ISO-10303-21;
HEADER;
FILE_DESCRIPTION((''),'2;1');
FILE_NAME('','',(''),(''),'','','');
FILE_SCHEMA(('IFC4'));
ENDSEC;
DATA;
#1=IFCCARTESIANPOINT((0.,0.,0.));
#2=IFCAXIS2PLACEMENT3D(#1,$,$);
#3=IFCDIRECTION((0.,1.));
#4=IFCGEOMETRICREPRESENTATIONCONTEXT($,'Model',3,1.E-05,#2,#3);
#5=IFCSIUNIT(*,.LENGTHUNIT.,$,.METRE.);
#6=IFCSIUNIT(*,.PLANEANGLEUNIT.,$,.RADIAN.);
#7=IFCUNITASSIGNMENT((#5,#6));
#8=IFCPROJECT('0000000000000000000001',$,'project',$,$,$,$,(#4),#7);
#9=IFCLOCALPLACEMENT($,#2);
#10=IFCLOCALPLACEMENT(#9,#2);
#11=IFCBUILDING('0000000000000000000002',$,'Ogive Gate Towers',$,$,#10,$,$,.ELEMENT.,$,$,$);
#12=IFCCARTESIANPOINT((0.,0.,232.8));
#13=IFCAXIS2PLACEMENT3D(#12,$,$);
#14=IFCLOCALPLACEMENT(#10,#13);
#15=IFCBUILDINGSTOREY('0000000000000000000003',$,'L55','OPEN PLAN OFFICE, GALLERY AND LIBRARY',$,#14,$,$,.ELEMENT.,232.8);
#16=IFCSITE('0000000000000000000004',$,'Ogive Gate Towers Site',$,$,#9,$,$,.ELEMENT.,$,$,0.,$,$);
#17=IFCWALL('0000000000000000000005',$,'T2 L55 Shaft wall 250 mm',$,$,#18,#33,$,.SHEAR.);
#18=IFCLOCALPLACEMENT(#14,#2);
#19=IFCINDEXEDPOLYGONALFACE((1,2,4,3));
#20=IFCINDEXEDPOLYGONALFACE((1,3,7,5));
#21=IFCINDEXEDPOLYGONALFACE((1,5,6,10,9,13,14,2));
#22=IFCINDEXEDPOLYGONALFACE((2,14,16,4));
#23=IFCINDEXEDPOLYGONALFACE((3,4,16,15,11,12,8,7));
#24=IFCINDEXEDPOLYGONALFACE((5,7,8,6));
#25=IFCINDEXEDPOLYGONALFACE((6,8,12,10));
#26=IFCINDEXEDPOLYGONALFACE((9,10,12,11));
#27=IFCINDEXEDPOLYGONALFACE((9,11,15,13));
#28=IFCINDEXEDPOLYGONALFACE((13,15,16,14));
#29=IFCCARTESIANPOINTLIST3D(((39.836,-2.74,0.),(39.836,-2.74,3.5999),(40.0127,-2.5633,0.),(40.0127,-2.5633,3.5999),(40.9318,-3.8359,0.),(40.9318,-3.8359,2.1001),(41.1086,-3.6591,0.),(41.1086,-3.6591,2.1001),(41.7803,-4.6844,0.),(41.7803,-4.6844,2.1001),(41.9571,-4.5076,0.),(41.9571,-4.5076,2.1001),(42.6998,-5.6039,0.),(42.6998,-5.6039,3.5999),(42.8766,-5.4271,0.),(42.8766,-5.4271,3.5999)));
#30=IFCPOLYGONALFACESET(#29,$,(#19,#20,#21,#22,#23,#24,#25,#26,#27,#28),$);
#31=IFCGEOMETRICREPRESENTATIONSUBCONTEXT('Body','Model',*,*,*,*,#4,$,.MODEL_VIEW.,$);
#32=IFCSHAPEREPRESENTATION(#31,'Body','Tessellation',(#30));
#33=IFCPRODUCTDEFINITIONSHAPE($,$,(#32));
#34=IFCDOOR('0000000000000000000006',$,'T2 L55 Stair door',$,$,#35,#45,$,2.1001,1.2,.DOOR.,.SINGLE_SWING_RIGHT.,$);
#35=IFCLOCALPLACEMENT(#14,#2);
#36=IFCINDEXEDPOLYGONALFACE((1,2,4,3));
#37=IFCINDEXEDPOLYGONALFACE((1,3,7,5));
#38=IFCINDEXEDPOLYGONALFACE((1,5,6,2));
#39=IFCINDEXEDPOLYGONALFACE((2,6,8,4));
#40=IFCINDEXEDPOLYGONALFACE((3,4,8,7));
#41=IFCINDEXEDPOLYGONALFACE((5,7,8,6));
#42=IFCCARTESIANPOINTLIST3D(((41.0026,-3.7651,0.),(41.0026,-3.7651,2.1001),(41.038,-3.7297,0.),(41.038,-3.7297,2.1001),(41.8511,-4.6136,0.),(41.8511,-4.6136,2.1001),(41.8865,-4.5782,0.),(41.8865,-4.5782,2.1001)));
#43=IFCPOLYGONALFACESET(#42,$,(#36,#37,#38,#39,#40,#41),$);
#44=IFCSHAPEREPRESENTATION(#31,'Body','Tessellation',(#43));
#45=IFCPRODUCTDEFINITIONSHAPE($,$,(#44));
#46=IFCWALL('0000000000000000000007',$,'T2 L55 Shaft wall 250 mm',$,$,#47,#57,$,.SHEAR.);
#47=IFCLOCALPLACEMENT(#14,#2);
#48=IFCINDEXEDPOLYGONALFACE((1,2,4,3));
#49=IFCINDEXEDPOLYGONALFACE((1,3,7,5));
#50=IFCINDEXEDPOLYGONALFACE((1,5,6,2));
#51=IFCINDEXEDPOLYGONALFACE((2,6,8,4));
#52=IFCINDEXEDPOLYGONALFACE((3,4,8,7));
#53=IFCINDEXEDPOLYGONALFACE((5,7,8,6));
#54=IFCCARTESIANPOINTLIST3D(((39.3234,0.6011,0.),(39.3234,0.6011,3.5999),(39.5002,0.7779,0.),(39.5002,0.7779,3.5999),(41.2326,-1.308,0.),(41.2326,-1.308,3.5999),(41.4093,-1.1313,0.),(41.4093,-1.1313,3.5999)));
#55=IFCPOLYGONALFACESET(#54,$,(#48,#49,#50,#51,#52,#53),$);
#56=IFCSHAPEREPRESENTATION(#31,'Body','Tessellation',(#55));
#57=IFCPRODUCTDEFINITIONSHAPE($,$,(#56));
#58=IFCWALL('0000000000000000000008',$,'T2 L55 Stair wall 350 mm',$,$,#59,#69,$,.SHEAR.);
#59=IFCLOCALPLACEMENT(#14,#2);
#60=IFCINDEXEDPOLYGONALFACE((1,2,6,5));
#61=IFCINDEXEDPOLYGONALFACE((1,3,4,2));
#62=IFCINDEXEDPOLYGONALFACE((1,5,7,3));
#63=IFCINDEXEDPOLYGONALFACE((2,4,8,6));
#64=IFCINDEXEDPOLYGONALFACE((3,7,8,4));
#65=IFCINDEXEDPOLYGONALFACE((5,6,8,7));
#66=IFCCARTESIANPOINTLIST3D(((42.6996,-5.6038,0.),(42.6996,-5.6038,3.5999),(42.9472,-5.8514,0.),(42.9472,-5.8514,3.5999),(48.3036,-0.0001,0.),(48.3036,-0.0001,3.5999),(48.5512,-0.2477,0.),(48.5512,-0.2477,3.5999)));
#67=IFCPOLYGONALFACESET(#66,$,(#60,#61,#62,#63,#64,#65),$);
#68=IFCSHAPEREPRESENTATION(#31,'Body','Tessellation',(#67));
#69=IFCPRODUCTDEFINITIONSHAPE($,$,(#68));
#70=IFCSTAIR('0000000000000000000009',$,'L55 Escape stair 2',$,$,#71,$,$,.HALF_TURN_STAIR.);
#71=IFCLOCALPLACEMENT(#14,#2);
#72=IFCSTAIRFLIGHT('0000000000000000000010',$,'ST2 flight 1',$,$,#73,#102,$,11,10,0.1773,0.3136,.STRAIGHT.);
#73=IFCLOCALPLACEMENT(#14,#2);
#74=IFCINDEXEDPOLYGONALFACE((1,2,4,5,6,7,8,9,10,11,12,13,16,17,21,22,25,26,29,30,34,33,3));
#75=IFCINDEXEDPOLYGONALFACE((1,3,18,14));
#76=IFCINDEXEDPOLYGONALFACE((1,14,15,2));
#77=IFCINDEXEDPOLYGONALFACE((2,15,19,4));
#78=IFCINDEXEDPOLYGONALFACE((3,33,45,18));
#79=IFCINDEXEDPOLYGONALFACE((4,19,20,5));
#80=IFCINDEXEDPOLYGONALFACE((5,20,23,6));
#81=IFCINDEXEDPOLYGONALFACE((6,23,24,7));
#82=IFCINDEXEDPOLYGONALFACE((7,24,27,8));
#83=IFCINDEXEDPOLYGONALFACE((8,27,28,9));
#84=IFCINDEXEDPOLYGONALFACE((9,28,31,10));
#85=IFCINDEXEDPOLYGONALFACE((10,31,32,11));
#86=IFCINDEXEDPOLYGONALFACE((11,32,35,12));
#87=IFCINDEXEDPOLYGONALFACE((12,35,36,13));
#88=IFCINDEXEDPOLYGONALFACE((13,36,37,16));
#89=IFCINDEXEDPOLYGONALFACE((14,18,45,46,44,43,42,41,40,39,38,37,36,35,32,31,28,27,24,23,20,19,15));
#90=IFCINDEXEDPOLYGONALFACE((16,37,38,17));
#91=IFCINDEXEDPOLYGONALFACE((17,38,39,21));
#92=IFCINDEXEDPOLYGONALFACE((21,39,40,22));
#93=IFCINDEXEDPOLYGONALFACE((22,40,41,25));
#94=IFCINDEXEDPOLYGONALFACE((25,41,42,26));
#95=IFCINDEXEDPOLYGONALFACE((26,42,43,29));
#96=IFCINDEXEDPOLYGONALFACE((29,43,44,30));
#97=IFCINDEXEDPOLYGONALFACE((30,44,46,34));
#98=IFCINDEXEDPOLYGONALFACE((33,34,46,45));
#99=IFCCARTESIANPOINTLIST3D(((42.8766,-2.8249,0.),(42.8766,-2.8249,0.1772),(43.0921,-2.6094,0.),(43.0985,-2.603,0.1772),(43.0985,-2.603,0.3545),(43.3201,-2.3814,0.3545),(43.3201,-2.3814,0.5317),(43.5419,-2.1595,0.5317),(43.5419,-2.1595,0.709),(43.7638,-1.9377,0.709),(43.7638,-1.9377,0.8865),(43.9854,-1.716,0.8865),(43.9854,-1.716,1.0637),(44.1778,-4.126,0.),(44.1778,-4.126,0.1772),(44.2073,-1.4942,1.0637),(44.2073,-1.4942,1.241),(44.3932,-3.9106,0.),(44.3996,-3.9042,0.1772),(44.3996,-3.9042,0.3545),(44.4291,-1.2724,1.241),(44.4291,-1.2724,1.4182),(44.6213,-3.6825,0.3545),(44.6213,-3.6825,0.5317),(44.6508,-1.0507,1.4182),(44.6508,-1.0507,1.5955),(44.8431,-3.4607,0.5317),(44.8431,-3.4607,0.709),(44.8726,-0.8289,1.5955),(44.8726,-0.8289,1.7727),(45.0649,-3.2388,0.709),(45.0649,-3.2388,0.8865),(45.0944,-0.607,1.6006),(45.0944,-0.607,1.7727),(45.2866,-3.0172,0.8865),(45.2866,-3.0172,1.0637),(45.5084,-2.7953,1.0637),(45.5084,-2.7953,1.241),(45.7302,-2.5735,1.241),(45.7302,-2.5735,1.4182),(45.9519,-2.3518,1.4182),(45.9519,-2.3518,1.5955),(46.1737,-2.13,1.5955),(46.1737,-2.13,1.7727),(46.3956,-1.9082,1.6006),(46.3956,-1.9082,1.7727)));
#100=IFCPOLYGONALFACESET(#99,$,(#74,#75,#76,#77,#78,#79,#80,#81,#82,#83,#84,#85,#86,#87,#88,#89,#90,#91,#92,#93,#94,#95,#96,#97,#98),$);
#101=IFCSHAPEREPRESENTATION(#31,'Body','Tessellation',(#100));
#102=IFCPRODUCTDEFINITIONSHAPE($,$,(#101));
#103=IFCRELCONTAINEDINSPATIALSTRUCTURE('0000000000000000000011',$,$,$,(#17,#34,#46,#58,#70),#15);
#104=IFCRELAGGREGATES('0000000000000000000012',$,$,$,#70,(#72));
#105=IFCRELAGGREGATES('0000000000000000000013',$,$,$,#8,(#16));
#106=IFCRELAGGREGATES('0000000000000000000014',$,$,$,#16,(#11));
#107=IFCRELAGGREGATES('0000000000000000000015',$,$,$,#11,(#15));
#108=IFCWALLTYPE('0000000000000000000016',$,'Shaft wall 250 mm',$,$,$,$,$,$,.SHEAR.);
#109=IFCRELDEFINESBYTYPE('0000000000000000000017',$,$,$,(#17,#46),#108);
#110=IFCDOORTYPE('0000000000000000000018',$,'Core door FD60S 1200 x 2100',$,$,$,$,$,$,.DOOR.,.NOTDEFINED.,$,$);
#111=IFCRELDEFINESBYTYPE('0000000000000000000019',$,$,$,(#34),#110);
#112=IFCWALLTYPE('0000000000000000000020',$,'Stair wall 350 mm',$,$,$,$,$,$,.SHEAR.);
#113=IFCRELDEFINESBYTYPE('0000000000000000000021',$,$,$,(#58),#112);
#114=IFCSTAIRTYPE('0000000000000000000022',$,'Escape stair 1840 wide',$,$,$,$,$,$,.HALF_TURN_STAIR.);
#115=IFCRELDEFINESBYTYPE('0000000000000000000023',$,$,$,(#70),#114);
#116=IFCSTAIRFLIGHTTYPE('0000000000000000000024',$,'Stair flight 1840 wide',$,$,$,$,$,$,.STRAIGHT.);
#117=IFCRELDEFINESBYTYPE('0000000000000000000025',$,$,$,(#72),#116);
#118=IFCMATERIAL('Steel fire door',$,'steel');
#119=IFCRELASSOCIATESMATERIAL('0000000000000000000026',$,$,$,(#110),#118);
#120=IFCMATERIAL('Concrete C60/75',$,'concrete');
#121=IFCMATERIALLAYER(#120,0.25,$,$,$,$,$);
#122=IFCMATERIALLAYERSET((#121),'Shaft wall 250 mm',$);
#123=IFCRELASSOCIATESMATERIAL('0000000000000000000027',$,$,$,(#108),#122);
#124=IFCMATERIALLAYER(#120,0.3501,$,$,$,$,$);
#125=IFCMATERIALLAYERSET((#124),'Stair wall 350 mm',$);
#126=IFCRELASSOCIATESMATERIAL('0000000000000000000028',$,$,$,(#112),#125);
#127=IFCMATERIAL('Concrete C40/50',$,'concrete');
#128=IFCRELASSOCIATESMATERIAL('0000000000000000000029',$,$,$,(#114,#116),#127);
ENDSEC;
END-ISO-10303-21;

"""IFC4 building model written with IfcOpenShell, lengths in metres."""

from ifc_helpers import new_model, si_unit, direction, frame, frame_2d, origin, place, context, subcontext, project, spatial, polyline, rectangle, outline, extrude, material, layer, layer_set, type_object, element, fill, aggregate, save


model = new_model("IFC4")

# Units and contexts
model_context = context("Model", 3, precision=1e-05, world=origin(), true_north=direction((0.0, 1.0)))
body_context = subcontext(model_context, "Body", "Model", "MODEL_VIEW")
ifc_project = project(units=[si_unit("LENGTHUNIT", "METRE"), si_unit("PLANEANGLEUNIT", "RADIAN")], contexts=[model_context])

# Site, building, storey
site_placement = place(None, origin())
site = spatial("IfcSite", under=ifc_project, at=site_placement, Name="Ogive Gate Towers Site", CompositionType="ELEMENT", RefElevation=0.0)
building_placement = place(site_placement, origin())
building = spatial("IfcBuilding", under=site, at=building_placement, Name="Ogive Gate Towers", CompositionType="ELEMENT")
storey_placement = place(building_placement, frame((0.0, 0.0, 232.8)))
storey = spatial("IfcBuildingStorey", under=building, at=storey_placement, Name="L55", Description="OPEN PLAN OFFICE, GALLERY AND LIBRARY", CompositionType="ELEMENT", Elevation=232.8)

# Shared definitions
ifc_material_1 = material(Name="Concrete C40/50", Category="concrete")

# Shared definitions
ifc_material_2 = material(Name="Concrete C60/75", Category="concrete")
ifc_material_3 = material(Name="Steel fire door", Category="steel")
door_type_1 = type_object("IfcDoorType", Name="Core door FD60S 1200 x 2100", OperationType="NOTDEFINED", PredefinedType="DOOR", material=ifc_material_3)

# Shared definitions
ifc_layer_1 = layer(ifc_material_2, 0.25)
ifc_layer_set_1 = layer_set([ifc_layer_1], Name="Shaft wall 250 mm")
wall_type_1 = type_object("IfcWallType", Name="Shaft wall 250 mm", PredefinedType="SHEAR", material=ifc_layer_set_1)

# Wall, opening, door
wall_1_placement = place(storey_placement, frame((42.7881, -5.5154, 0.0), z_axis=(0.0, 0.0, 1.0), x_axis=(-0.707107, 0.707107, 0.0)))
wall_1 = element("IfcWall", 1, at=wall_1_placement, inside=storey, type_object=wall_type_1, Name="T2 L55 Shaft wall 250 mm", PredefinedType="SHEAR", context=body_context, shape_type="SweptSolid", body=[
    extrude(rectangle(XDim=4.05, YDim=0.25, at=frame_2d((2.0249, 0.0))), origin(), (0.0, 0.0, 1.0), 3.5999),
])
opening_1_placement = place(wall_1_placement, frame((1.3, 0.0, 0.0)))
opening_1 = element("IfcOpeningElement", 2, at=opening_1_placement, cuts=wall_1, PredefinedType="OPENING", context=body_context, shape_type="SweptSolid", body=[
    extrude(rectangle(XDim=1.2, YDim=2.1001, at=frame_2d((0.6001, 1.05))), frame((0.0, 0.135, 0.0), z_axis=(0.0, -1.0, 0.0), x_axis=(1.0, 0.0, 0.0)), (0.0, 0.0, 1.0), 0.27),
])
door_1_placement = place(opening_1_placement, origin())
door_1 = element("IfcDoor", 3, at=door_1_placement, inside=storey, type_object=door_type_1, Name="T2 L55 Stair door", OperationType="SINGLE_SWING_RIGHT", OverallHeight=2.1001, OverallWidth=1.2, PredefinedType="DOOR", context=body_context, shape_type="SweptSolid", body=[
    extrude(rectangle(XDim=1.2, YDim=2.1001, at=frame_2d((0.6001, 1.05))), frame((0.0, 0.0249, 0.0), z_axis=(0.0, -1.0, 0.0), x_axis=(1.0, 0.0, 0.0)), (0.0, 0.0, 1.0), 0.05),
])
fill(opening_1, door_1)

# Walls
wall_2_placement = place(storey_placement, frame((41.321, -1.2197, 0.0), z_axis=(0.0, 0.0, 1.0), x_axis=(-0.707107, 0.707107, 0.0)))
element("IfcWall", 4, at=wall_2_placement, inside=storey, type_object=wall_type_1, Name="T2 L55 Shaft wall 250 mm", PredefinedType="SHEAR", context=body_context, shape_type="SweptSolid", body=[
    extrude(rectangle(XDim=2.7, YDim=0.25, at=frame_2d((1.3501, 0.0))), origin(), (0.0, 0.0, 1.0), 3.5999),
])
ifc_layer_2 = layer(ifc_material_2, 0.3501)
ifc_layer_set_2 = layer_set([ifc_layer_2], Name="Stair wall 350 mm")
wall_type_2 = type_object("IfcWallType", Name="Stair wall 350 mm", PredefinedType="SHEAR", material=ifc_layer_set_2)
wall_3_placement = place(storey_placement, frame((42.8235, -5.7275, 0.0), z_axis=(0.0, 0.0, 1.0), x_axis=(0.707122, 0.707091, 0.0)))
element("IfcWall", 5, at=wall_3_placement, inside=storey, type_object=wall_type_2, Name="T2 L55 Stair wall 350 mm", PredefinedType="SHEAR", context=body_context, shape_type="SweptSolid", body=[
    extrude(rectangle(XDim=7.925, YDim=0.3501, at=frame_2d((3.9624, 0.0))), origin(), (0.0, 0.0, 1.0), 3.5999),
])

# Stair, stair flight
stair_type = type_object("IfcStairType", Name="Escape stair 1840 wide", PredefinedType="HALF_TURN_STAIR", material=ifc_material_1)
stair_placement = place(storey_placement, origin())
stair = element("IfcStair", 6, at=stair_placement, inside=storey, type_object=stair_type, Name="L55 Escape stair 2", PredefinedType="HALF_TURN_STAIR")
stair_flight_type = type_object("IfcStairFlightType", Name="Stair flight 1840 wide", PredefinedType="STRAIGHT", material=ifc_material_1)
stair_flight_placement = place(storey_placement, frame((43.5271, -3.4753, 0.0), z_axis=(0.0, 0.0, 1.0), x_axis=(0.707107, 0.707107, 0.0)))
stair_flight = element("IfcStairFlight", 7, at=stair_flight_placement, type_object=stair_flight_type, Name="ST2 flight 1", NumberOfRisers=11, NumberOfTreads=10, PredefinedType="STRAIGHT", RiserHeight=0.1773, TreadLength=0.3136, context=body_context, shape_type="SweptSolid", body=[
    extrude(outline(polyline([(0.0, 0.0), (0.0, 0.1772), (0.3137, 0.1772), (0.3137, 0.3545), (0.6272, 0.3545), (0.6272, 0.5317), (0.9409, 0.5317), (0.9409, 0.709), (1.2546, 0.709), (1.2546, 0.8865), (1.5681, 0.8865), (1.5681, 1.0637), (1.8818, 1.0637), (1.8818, 1.241), (2.1956, 1.241), (2.1956, 1.4182), (2.509, 1.4182), (2.509, 1.5955), (2.8228, 1.5955), (2.8228, 1.7727), (3.1365, 1.7727), (3.1365, 1.95), (3.1365, 1.6006), (0.3047, 0.0), (0.0, 0.0)])), frame((0.0, 0.9199, 0.0), z_axis=(0.0, -1.0, 0.0), x_axis=(1.0, 0.0, 0.0)), (0.0, 0.0, 1.0), 1.8401),
])
aggregate(stair, [stair_flight])

save(model, "model.ifc")
